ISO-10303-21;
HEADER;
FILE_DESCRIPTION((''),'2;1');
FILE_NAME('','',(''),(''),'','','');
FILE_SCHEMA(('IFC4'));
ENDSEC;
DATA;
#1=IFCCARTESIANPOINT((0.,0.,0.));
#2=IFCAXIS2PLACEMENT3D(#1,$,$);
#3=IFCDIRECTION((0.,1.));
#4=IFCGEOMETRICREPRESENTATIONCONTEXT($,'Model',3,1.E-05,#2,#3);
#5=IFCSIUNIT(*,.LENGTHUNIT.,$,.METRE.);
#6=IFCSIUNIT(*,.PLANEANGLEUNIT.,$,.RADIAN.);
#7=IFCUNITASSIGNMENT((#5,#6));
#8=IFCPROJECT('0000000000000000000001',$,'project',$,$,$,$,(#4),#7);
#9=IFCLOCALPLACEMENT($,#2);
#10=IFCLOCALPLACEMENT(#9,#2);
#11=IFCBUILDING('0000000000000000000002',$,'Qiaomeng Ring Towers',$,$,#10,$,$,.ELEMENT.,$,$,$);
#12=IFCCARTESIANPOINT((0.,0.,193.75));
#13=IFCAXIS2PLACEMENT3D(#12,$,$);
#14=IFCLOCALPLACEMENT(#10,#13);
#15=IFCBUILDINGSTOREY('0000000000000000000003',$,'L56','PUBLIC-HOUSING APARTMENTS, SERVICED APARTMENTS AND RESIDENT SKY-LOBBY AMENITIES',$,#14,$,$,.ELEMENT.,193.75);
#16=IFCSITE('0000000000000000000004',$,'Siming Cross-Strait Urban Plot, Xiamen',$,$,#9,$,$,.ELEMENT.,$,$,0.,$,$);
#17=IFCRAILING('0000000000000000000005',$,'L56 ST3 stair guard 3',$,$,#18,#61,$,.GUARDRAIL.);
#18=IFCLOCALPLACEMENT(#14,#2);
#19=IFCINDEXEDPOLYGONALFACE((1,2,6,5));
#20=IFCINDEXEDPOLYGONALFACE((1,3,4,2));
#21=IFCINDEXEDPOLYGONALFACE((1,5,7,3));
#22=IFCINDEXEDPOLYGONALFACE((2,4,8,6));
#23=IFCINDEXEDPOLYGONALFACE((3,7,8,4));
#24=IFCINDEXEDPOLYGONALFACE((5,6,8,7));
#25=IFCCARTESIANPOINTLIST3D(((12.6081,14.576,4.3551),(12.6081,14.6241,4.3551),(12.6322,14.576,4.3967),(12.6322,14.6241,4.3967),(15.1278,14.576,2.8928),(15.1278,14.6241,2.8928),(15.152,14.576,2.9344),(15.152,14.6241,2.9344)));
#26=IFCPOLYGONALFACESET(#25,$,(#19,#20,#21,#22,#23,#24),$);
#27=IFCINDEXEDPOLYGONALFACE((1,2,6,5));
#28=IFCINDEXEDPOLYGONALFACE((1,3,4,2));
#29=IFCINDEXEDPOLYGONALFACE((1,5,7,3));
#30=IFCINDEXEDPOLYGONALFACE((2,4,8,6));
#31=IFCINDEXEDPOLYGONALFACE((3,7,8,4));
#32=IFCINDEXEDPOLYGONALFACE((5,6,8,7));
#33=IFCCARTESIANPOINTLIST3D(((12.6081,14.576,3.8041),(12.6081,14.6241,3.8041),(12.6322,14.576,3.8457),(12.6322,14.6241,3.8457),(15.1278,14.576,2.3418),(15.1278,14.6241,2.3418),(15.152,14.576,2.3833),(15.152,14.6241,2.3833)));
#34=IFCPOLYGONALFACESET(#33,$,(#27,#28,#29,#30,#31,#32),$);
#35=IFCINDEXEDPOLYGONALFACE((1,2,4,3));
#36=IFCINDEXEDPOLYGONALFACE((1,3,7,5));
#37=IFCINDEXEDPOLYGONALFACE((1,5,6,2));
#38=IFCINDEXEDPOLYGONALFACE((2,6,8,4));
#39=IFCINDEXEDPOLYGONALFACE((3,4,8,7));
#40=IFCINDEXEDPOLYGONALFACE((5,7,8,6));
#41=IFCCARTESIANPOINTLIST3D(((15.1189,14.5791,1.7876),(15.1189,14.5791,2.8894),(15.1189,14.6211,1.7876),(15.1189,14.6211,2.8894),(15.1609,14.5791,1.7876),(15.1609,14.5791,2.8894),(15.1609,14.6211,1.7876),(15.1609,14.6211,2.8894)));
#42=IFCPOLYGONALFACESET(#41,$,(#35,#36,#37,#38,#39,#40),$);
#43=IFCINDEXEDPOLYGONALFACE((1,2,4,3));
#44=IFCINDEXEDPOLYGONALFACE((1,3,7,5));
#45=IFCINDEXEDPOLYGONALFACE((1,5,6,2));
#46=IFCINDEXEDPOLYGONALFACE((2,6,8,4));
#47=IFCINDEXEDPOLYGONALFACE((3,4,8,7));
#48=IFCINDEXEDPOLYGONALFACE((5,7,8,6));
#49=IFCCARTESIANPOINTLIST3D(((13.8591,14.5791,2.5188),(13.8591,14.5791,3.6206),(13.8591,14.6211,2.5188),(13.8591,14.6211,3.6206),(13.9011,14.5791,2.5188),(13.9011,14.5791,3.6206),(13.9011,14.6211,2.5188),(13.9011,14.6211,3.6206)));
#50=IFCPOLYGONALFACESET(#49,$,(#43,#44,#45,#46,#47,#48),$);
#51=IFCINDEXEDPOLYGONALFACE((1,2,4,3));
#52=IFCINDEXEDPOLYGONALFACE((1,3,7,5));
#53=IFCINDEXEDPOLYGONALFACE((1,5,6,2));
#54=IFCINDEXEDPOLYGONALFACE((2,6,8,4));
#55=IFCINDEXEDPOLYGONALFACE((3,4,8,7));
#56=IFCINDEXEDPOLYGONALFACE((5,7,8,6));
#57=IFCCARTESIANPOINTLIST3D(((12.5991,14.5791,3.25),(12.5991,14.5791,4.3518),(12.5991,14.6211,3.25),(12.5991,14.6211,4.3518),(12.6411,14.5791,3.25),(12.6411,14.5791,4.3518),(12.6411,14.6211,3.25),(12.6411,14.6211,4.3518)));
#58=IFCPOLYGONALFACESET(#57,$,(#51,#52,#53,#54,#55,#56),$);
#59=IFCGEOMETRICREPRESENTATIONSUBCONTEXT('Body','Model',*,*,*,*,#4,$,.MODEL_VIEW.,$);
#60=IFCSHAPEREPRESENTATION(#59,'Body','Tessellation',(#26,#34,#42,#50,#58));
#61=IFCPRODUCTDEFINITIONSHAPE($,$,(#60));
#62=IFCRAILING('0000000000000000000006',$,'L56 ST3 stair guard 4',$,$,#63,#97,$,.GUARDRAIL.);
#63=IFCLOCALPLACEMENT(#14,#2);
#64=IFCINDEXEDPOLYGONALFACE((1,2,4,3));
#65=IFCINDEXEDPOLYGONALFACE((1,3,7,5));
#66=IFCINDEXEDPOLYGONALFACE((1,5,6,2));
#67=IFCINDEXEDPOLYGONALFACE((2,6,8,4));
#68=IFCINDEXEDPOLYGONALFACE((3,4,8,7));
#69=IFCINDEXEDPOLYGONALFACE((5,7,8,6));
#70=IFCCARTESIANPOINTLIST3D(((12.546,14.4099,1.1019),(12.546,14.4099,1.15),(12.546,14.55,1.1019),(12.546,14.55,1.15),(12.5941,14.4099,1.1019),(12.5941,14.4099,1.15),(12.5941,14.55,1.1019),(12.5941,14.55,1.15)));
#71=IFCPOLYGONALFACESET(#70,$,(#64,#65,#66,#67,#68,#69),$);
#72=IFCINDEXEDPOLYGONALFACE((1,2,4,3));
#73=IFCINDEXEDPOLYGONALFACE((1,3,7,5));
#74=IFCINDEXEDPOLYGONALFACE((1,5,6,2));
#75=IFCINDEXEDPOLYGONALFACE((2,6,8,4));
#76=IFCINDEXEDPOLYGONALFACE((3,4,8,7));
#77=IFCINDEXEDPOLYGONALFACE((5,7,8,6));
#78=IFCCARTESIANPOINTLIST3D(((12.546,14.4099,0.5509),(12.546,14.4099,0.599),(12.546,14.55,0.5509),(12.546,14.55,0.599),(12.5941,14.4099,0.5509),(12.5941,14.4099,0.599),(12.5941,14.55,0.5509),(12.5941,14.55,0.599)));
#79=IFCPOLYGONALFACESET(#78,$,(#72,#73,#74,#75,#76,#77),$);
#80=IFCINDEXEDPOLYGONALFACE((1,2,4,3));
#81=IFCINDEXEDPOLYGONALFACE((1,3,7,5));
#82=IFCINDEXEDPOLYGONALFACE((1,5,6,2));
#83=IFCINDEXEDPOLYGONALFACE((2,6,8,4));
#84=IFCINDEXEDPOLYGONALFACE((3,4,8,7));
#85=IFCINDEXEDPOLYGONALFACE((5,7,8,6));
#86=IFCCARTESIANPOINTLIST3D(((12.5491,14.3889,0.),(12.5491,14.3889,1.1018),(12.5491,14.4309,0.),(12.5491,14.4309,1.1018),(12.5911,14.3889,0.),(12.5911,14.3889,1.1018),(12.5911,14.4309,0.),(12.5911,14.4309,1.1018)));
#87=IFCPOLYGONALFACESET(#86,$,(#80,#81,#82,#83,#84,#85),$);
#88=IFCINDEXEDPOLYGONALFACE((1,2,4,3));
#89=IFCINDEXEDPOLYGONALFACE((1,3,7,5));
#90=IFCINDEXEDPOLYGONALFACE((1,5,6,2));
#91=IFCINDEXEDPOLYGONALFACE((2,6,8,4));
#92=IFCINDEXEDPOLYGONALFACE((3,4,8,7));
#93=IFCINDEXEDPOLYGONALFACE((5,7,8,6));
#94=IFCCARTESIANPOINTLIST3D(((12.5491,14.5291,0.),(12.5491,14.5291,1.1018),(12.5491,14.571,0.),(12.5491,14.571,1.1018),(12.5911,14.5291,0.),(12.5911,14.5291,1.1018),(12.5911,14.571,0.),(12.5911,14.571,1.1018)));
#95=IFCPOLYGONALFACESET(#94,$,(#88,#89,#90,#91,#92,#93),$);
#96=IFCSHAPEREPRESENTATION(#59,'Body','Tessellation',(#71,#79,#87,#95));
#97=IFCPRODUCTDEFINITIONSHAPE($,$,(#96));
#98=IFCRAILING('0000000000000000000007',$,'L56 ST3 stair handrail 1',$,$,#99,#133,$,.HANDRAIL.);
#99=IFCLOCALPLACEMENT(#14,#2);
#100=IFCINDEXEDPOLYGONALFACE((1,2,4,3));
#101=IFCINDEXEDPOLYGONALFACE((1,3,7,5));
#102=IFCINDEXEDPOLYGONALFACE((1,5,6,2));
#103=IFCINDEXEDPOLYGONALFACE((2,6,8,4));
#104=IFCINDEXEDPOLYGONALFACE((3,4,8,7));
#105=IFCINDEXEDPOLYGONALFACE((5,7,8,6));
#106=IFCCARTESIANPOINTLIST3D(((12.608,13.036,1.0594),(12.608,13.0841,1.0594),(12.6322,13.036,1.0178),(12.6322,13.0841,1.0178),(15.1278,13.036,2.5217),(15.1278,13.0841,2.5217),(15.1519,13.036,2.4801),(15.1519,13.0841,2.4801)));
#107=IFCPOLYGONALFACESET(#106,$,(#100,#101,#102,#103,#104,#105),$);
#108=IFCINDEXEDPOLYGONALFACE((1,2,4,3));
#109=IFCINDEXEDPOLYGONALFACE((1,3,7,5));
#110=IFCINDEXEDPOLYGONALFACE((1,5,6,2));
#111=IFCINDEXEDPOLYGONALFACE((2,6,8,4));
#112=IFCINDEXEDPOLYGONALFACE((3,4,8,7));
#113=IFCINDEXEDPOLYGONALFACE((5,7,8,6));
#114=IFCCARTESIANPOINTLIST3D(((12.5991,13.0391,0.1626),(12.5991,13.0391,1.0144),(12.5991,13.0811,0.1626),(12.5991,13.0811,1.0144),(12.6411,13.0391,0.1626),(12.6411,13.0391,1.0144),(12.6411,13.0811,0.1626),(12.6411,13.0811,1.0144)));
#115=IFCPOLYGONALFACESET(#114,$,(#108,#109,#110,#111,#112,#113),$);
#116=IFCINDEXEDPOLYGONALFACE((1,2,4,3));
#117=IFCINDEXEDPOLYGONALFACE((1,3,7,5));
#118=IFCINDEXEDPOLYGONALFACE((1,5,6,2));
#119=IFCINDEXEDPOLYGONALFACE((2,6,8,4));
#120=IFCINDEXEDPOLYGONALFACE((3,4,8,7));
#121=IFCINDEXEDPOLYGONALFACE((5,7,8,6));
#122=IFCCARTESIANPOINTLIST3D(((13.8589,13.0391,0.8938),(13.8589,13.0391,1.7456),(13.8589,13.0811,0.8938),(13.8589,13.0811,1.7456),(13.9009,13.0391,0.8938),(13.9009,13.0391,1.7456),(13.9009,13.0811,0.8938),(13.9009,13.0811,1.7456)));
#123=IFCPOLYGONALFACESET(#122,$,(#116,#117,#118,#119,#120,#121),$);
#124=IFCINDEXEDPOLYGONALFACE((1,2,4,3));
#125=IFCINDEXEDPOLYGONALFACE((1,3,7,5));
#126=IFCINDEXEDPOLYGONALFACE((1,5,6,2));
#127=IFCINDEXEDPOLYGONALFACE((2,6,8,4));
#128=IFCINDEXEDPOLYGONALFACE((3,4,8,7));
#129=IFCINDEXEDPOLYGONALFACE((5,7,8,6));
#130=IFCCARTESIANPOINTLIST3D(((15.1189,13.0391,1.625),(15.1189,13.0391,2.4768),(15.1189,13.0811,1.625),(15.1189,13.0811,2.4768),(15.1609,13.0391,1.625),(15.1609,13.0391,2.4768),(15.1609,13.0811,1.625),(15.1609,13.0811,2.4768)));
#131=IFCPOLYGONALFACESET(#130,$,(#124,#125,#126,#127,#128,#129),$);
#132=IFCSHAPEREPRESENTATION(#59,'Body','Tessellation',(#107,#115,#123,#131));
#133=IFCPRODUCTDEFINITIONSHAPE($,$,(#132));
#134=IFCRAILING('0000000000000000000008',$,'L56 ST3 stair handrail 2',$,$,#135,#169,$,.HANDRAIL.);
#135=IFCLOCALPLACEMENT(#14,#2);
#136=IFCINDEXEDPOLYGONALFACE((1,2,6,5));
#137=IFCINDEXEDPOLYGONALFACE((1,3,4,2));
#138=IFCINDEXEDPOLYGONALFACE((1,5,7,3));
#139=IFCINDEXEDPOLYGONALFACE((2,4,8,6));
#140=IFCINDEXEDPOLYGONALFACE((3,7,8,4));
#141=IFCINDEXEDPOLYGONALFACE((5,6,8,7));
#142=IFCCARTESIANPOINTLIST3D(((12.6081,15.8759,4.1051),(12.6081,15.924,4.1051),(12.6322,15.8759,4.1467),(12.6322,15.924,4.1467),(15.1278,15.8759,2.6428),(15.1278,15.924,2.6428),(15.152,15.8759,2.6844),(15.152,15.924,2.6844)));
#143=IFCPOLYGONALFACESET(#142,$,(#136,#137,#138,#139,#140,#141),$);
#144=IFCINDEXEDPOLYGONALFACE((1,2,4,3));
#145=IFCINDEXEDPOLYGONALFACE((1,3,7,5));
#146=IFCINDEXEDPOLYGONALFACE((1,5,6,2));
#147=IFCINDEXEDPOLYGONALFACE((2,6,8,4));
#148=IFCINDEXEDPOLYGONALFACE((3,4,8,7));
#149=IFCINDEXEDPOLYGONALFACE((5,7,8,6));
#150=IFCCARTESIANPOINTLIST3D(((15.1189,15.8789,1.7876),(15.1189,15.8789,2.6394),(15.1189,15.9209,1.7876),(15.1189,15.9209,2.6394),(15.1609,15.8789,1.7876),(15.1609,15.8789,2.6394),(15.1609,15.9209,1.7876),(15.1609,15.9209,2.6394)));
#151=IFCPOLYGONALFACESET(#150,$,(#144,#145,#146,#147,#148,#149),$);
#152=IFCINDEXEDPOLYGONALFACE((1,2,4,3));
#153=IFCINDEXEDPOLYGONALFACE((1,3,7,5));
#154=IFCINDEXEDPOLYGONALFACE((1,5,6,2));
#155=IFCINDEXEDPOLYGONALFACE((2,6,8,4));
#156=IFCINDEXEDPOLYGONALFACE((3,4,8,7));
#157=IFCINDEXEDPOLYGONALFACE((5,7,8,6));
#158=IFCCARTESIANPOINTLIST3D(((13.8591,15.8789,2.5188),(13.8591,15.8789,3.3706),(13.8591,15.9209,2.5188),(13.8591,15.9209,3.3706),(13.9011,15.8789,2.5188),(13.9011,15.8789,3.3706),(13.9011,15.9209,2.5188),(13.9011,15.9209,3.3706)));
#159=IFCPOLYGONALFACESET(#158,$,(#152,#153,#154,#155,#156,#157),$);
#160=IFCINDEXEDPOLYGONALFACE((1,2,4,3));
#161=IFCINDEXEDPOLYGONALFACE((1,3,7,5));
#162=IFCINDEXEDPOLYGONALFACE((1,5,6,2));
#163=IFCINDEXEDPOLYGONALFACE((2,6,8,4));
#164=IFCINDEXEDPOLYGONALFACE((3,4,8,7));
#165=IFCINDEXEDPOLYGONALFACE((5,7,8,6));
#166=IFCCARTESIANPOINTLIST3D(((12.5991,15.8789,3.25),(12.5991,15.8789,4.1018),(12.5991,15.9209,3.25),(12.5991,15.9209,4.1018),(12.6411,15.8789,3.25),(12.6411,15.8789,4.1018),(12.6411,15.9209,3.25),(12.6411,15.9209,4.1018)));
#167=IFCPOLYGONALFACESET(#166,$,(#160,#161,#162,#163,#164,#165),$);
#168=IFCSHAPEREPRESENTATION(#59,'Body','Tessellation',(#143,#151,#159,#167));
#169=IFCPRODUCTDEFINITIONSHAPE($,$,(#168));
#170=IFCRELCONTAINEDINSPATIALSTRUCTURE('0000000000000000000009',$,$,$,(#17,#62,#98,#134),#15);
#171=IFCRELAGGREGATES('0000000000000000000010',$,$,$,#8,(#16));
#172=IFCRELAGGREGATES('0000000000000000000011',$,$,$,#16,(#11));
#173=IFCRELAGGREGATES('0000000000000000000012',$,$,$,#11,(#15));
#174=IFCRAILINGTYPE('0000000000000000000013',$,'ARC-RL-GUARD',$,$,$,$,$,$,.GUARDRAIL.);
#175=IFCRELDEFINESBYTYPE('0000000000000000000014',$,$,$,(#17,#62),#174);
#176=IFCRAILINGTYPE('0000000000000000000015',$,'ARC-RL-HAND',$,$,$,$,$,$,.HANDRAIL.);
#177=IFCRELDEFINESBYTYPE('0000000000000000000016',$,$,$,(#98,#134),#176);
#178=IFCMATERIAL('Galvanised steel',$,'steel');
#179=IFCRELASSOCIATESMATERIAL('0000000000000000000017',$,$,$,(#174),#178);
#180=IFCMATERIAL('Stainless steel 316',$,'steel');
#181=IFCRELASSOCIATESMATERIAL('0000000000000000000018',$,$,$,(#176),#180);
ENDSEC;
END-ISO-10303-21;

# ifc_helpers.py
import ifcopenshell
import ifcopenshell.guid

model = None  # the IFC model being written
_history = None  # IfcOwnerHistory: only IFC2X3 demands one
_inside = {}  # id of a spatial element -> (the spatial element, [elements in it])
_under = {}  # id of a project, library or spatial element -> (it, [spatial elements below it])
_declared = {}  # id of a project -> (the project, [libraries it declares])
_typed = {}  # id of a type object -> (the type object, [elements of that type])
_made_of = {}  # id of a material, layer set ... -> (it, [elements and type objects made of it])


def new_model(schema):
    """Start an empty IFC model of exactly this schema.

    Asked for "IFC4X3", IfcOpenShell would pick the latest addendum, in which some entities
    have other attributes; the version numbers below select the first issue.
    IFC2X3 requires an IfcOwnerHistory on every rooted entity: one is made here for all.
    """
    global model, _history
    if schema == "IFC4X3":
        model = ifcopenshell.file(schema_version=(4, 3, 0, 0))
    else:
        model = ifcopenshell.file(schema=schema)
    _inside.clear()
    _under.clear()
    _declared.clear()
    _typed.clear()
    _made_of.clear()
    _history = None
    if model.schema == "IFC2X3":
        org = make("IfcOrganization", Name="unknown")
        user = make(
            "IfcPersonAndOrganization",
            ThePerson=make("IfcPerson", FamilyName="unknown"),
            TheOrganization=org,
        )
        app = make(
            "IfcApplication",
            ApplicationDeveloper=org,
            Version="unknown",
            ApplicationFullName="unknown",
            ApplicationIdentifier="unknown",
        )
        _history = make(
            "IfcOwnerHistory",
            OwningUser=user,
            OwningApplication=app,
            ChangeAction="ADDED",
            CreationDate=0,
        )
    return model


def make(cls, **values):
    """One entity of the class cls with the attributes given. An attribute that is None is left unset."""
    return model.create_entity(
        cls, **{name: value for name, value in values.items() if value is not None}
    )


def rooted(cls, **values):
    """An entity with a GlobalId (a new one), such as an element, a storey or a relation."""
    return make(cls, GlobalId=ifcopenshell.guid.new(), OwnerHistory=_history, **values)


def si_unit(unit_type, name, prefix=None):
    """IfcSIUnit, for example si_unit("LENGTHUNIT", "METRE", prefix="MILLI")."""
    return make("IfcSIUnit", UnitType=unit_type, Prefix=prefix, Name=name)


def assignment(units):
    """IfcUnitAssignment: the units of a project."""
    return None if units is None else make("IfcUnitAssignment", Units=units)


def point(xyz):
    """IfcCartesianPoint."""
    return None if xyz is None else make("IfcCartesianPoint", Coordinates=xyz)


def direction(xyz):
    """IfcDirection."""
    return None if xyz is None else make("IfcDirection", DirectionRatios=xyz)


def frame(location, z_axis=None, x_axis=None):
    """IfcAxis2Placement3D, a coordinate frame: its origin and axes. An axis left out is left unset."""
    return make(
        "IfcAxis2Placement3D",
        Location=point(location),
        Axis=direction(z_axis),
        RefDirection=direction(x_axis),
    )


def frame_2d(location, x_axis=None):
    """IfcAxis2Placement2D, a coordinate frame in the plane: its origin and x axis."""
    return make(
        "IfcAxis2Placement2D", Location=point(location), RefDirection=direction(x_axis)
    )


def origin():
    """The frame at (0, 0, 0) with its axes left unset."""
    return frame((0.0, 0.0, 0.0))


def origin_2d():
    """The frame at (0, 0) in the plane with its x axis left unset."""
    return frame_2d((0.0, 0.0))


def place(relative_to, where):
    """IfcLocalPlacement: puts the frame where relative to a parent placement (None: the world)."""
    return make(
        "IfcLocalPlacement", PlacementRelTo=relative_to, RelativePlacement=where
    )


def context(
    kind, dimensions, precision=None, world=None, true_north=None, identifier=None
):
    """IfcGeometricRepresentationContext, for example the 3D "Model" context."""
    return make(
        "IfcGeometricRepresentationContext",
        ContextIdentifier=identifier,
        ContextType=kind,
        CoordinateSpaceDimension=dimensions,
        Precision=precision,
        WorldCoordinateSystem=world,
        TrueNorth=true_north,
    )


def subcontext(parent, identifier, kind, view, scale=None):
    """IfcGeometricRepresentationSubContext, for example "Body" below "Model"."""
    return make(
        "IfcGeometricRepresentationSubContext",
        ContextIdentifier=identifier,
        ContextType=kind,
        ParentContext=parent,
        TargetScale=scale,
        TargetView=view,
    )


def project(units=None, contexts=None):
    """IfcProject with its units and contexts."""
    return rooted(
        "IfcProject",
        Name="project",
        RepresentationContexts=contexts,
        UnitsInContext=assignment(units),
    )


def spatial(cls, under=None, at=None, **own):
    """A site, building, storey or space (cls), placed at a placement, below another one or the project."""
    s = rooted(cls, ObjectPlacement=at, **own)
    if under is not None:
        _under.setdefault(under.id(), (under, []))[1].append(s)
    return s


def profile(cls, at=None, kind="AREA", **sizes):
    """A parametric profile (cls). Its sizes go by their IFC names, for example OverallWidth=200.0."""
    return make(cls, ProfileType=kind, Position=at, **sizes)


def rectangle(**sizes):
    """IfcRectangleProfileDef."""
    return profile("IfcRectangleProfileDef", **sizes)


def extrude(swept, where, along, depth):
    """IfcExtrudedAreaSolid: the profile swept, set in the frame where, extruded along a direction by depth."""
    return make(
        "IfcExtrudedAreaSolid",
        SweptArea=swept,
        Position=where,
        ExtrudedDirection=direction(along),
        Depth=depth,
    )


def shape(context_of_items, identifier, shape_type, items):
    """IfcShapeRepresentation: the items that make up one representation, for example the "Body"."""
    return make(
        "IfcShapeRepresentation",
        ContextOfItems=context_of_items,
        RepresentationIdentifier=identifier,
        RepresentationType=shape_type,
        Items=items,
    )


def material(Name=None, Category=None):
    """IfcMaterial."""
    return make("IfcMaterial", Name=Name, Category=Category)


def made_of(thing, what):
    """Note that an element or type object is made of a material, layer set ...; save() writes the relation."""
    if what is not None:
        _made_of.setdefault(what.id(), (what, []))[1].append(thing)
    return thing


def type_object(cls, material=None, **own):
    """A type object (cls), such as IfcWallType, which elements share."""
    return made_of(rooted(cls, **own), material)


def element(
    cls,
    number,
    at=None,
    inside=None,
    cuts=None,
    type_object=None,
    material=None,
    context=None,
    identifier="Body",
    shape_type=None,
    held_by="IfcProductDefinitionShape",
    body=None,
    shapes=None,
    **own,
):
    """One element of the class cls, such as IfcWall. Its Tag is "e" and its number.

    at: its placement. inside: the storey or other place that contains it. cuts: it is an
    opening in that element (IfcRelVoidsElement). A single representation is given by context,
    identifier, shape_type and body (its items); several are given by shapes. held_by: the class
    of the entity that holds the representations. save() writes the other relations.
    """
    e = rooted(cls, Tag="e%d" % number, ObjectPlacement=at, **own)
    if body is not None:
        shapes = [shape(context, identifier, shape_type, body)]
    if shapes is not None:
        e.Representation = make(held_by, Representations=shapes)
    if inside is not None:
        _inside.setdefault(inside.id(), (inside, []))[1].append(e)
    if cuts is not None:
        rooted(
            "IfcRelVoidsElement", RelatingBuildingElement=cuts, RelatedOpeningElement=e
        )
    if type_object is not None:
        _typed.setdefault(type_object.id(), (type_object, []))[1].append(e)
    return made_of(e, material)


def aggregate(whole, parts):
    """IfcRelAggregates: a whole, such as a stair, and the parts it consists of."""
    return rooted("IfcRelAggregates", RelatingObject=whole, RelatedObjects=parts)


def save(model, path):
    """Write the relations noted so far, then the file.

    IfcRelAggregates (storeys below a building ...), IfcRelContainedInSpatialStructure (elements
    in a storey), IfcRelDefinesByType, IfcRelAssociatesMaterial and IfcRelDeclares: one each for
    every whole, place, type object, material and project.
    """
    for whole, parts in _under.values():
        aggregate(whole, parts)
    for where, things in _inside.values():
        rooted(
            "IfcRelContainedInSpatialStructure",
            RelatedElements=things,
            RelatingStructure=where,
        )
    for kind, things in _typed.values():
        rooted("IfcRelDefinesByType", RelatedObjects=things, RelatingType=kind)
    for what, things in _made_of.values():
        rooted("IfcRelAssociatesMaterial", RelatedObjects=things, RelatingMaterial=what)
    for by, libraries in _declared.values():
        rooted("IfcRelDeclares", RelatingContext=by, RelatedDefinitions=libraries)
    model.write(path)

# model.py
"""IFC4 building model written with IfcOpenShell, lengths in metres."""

from ifc_helpers import new_model, si_unit, direction, frame, origin, origin_2d, place, context, subcontext, project, spatial, rectangle, extrude, material, type_object, element, save


model = new_model("IFC4")

# Units and contexts
model_context = context("Model", 3, precision=1e-05, world=origin(), true_north=direction((0.0, 1.0)))
body_context = subcontext(model_context, "Body", "Model", "MODEL_VIEW")
ifc_project = project(units=[si_unit("LENGTHUNIT", "METRE"), si_unit("PLANEANGLEUNIT", "RADIAN")], contexts=[model_context])

# Site, building, storey
site_placement = place(None, origin())
site = spatial("IfcSite", under=ifc_project, at=site_placement, Name="Siming Cross-Strait Urban Plot, Xiamen", CompositionType="ELEMENT", RefElevation=0.0)
building_placement = place(site_placement, origin())
building = spatial("IfcBuilding", under=site, at=building_placement, Name="Qiaomeng Ring Towers", CompositionType="ELEMENT")
storey_placement = place(building_placement, frame((0.0, 0.0, 193.75)))
storey = spatial("IfcBuildingStorey", under=building, at=storey_placement, Name="L56", Description="PUBLIC-HOUSING APARTMENTS, SERVICED APARTMENTS AND RESIDENT SKY-LOBBY AMENITIES", CompositionType="ELEMENT", Elevation=193.75)

# Railings
ifc_material_1 = material(Name="Galvanised steel", Category="steel")
railing_type_1 = type_object("IfcRailingType", Name="ARC-RL-GUARD", PredefinedType="GUARDRAIL", material=ifc_material_1)
railing_1_placement = place(storey_placement, frame((15.1399, 14.6001, 1.7876)))
element("IfcRailing", 1, at=railing_1_placement, inside=storey, type_object=railing_type_1, Name="L56 ST3 stair guard 3", PredefinedType="GUARDRAIL", context=body_context, shape_type="SweptSolid", body=[
    extrude(rectangle(XDim=0.0481, YDim=0.0481, at=origin_2d()), frame((0.0, 0.0, 1.126), z_axis=(-0.864892, 0.0, 0.501958), x_axis=(0.0, -1.0, 0.0)), (0.0, 0.0, 1.0), 2.9133),
    extrude(rectangle(XDim=0.0481, YDim=0.0481, at=origin_2d()), frame((0.0, 0.0, 0.575), z_axis=(-0.864892, 0.0, 0.501958), x_axis=(0.0, -1.0, 0.0)), (0.0, 0.0, 1.0), 2.9133),
    extrude(rectangle(XDim=0.042, YDim=0.042, at=origin_2d()), origin(), (0.0, 0.0, 1.0), 1.1018),
    extrude(rectangle(XDim=0.042, YDim=0.042, at=origin_2d()), frame((-1.2598, 0.0, 0.7312)), (0.0, 0.0, 1.0), 1.1018),
    extrude(rectangle(XDim=0.042, YDim=0.042, at=origin_2d()), frame((-2.5198, 0.0, 1.4624)), (0.0, 0.0, 1.0), 1.1018),
])
railing_2_placement = place(storey_placement, frame((12.5701, 14.4099, 0.0)))
element("IfcRailing", 2, at=railing_2_placement, inside=storey, type_object=railing_type_1, Name="L56 ST3 stair guard 4", PredefinedType="GUARDRAIL", context=body_context, shape_type="SweptSolid", body=[
    extrude(rectangle(XDim=0.0481, YDim=0.0481, at=origin_2d()), frame((0.0, 0.0, 1.126), z_axis=(0.0, 1.0, 0.0), x_axis=(-1.0, 0.0, 0.0)), (0.0, 0.0, 1.0), 0.1401),
    extrude(rectangle(XDim=0.0481, YDim=0.0481, at=origin_2d()), frame((0.0, 0.0, 0.575), z_axis=(0.0, 1.0, 0.0), x_axis=(-1.0, 0.0, 0.0)), (0.0, 0.0, 1.0), 0.1401),
    extrude(rectangle(XDim=0.042, YDim=0.042, at=origin_2d()), origin(), (0.0, 0.0, 1.0), 1.1018),
    extrude(rectangle(XDim=0.042, YDim=0.042, at=origin_2d()), frame((0.0, 0.1401, 0.0)), (0.0, 0.0, 1.0), 1.1018),
])
ifc_material_2 = material(Name="Stainless steel 316", Category="steel")
railing_type_2 = type_object("IfcRailingType", Name="ARC-RL-HAND", PredefinedType="HANDRAIL", material=ifc_material_2)
railing_3_placement = place(storey_placement, frame((12.6201, 13.0601, 0.1626)))
element("IfcRailing", 3, at=railing_3_placement, inside=storey, type_object=railing_type_2, Name="L56 ST3 stair handrail 1", PredefinedType="HANDRAIL", context=body_context, shape_type="SweptSolid", body=[
    extrude(rectangle(XDim=0.0481, YDim=0.0481, at=origin_2d()), frame((0.0, 0.0, 0.876), z_axis=(0.864892, 0.0, 0.501958), x_axis=(0.0, 1.0, 0.0)), (0.0, 0.0, 1.0), 2.9133),
    extrude(rectangle(XDim=0.042, YDim=0.042, at=origin_2d()), origin(), (0.0, 0.0, 1.0), 0.8518),
    extrude(rectangle(XDim=0.042, YDim=0.042, at=origin_2d()), frame((1.2598, 0.0, 0.7312)), (0.0, 0.0, 1.0), 0.8518),
    extrude(rectangle(XDim=0.042, YDim=0.042, at=origin_2d()), frame((2.5198, 0.0, 1.4624)), (0.0, 0.0, 1.0), 0.8518),
])
railing_4_placement = place(storey_placement, frame((15.1399, 15.8999, 1.7876)))
element("IfcRailing", 4, at=railing_4_placement, inside=storey, type_object=railing_type_2, Name="L56 ST3 stair handrail 2", PredefinedType="HANDRAIL", context=body_context, shape_type="SweptSolid", body=[
    extrude(rectangle(XDim=0.0481, YDim=0.0481, at=origin_2d()), frame((0.0, 0.0, 0.876), z_axis=(-0.864892, 0.0, 0.501958), x_axis=(0.0, -1.0, 0.0)), (0.0, 0.0, 1.0), 2.9133),
    extrude(rectangle(XDim=0.042, YDim=0.042, at=origin_2d()), origin(), (0.0, 0.0, 1.0), 0.8518),
    extrude(rectangle(XDim=0.042, YDim=0.042, at=origin_2d()), frame((-1.2598, 0.0, 0.7312)), (0.0, 0.0, 1.0), 0.8518),
    extrude(rectangle(XDim=0.042, YDim=0.042, at=origin_2d()), frame((-2.5198, 0.0, 1.4624)), (0.0, 0.0, 1.0), 0.8518),
])

save(model, "model.ifc")
